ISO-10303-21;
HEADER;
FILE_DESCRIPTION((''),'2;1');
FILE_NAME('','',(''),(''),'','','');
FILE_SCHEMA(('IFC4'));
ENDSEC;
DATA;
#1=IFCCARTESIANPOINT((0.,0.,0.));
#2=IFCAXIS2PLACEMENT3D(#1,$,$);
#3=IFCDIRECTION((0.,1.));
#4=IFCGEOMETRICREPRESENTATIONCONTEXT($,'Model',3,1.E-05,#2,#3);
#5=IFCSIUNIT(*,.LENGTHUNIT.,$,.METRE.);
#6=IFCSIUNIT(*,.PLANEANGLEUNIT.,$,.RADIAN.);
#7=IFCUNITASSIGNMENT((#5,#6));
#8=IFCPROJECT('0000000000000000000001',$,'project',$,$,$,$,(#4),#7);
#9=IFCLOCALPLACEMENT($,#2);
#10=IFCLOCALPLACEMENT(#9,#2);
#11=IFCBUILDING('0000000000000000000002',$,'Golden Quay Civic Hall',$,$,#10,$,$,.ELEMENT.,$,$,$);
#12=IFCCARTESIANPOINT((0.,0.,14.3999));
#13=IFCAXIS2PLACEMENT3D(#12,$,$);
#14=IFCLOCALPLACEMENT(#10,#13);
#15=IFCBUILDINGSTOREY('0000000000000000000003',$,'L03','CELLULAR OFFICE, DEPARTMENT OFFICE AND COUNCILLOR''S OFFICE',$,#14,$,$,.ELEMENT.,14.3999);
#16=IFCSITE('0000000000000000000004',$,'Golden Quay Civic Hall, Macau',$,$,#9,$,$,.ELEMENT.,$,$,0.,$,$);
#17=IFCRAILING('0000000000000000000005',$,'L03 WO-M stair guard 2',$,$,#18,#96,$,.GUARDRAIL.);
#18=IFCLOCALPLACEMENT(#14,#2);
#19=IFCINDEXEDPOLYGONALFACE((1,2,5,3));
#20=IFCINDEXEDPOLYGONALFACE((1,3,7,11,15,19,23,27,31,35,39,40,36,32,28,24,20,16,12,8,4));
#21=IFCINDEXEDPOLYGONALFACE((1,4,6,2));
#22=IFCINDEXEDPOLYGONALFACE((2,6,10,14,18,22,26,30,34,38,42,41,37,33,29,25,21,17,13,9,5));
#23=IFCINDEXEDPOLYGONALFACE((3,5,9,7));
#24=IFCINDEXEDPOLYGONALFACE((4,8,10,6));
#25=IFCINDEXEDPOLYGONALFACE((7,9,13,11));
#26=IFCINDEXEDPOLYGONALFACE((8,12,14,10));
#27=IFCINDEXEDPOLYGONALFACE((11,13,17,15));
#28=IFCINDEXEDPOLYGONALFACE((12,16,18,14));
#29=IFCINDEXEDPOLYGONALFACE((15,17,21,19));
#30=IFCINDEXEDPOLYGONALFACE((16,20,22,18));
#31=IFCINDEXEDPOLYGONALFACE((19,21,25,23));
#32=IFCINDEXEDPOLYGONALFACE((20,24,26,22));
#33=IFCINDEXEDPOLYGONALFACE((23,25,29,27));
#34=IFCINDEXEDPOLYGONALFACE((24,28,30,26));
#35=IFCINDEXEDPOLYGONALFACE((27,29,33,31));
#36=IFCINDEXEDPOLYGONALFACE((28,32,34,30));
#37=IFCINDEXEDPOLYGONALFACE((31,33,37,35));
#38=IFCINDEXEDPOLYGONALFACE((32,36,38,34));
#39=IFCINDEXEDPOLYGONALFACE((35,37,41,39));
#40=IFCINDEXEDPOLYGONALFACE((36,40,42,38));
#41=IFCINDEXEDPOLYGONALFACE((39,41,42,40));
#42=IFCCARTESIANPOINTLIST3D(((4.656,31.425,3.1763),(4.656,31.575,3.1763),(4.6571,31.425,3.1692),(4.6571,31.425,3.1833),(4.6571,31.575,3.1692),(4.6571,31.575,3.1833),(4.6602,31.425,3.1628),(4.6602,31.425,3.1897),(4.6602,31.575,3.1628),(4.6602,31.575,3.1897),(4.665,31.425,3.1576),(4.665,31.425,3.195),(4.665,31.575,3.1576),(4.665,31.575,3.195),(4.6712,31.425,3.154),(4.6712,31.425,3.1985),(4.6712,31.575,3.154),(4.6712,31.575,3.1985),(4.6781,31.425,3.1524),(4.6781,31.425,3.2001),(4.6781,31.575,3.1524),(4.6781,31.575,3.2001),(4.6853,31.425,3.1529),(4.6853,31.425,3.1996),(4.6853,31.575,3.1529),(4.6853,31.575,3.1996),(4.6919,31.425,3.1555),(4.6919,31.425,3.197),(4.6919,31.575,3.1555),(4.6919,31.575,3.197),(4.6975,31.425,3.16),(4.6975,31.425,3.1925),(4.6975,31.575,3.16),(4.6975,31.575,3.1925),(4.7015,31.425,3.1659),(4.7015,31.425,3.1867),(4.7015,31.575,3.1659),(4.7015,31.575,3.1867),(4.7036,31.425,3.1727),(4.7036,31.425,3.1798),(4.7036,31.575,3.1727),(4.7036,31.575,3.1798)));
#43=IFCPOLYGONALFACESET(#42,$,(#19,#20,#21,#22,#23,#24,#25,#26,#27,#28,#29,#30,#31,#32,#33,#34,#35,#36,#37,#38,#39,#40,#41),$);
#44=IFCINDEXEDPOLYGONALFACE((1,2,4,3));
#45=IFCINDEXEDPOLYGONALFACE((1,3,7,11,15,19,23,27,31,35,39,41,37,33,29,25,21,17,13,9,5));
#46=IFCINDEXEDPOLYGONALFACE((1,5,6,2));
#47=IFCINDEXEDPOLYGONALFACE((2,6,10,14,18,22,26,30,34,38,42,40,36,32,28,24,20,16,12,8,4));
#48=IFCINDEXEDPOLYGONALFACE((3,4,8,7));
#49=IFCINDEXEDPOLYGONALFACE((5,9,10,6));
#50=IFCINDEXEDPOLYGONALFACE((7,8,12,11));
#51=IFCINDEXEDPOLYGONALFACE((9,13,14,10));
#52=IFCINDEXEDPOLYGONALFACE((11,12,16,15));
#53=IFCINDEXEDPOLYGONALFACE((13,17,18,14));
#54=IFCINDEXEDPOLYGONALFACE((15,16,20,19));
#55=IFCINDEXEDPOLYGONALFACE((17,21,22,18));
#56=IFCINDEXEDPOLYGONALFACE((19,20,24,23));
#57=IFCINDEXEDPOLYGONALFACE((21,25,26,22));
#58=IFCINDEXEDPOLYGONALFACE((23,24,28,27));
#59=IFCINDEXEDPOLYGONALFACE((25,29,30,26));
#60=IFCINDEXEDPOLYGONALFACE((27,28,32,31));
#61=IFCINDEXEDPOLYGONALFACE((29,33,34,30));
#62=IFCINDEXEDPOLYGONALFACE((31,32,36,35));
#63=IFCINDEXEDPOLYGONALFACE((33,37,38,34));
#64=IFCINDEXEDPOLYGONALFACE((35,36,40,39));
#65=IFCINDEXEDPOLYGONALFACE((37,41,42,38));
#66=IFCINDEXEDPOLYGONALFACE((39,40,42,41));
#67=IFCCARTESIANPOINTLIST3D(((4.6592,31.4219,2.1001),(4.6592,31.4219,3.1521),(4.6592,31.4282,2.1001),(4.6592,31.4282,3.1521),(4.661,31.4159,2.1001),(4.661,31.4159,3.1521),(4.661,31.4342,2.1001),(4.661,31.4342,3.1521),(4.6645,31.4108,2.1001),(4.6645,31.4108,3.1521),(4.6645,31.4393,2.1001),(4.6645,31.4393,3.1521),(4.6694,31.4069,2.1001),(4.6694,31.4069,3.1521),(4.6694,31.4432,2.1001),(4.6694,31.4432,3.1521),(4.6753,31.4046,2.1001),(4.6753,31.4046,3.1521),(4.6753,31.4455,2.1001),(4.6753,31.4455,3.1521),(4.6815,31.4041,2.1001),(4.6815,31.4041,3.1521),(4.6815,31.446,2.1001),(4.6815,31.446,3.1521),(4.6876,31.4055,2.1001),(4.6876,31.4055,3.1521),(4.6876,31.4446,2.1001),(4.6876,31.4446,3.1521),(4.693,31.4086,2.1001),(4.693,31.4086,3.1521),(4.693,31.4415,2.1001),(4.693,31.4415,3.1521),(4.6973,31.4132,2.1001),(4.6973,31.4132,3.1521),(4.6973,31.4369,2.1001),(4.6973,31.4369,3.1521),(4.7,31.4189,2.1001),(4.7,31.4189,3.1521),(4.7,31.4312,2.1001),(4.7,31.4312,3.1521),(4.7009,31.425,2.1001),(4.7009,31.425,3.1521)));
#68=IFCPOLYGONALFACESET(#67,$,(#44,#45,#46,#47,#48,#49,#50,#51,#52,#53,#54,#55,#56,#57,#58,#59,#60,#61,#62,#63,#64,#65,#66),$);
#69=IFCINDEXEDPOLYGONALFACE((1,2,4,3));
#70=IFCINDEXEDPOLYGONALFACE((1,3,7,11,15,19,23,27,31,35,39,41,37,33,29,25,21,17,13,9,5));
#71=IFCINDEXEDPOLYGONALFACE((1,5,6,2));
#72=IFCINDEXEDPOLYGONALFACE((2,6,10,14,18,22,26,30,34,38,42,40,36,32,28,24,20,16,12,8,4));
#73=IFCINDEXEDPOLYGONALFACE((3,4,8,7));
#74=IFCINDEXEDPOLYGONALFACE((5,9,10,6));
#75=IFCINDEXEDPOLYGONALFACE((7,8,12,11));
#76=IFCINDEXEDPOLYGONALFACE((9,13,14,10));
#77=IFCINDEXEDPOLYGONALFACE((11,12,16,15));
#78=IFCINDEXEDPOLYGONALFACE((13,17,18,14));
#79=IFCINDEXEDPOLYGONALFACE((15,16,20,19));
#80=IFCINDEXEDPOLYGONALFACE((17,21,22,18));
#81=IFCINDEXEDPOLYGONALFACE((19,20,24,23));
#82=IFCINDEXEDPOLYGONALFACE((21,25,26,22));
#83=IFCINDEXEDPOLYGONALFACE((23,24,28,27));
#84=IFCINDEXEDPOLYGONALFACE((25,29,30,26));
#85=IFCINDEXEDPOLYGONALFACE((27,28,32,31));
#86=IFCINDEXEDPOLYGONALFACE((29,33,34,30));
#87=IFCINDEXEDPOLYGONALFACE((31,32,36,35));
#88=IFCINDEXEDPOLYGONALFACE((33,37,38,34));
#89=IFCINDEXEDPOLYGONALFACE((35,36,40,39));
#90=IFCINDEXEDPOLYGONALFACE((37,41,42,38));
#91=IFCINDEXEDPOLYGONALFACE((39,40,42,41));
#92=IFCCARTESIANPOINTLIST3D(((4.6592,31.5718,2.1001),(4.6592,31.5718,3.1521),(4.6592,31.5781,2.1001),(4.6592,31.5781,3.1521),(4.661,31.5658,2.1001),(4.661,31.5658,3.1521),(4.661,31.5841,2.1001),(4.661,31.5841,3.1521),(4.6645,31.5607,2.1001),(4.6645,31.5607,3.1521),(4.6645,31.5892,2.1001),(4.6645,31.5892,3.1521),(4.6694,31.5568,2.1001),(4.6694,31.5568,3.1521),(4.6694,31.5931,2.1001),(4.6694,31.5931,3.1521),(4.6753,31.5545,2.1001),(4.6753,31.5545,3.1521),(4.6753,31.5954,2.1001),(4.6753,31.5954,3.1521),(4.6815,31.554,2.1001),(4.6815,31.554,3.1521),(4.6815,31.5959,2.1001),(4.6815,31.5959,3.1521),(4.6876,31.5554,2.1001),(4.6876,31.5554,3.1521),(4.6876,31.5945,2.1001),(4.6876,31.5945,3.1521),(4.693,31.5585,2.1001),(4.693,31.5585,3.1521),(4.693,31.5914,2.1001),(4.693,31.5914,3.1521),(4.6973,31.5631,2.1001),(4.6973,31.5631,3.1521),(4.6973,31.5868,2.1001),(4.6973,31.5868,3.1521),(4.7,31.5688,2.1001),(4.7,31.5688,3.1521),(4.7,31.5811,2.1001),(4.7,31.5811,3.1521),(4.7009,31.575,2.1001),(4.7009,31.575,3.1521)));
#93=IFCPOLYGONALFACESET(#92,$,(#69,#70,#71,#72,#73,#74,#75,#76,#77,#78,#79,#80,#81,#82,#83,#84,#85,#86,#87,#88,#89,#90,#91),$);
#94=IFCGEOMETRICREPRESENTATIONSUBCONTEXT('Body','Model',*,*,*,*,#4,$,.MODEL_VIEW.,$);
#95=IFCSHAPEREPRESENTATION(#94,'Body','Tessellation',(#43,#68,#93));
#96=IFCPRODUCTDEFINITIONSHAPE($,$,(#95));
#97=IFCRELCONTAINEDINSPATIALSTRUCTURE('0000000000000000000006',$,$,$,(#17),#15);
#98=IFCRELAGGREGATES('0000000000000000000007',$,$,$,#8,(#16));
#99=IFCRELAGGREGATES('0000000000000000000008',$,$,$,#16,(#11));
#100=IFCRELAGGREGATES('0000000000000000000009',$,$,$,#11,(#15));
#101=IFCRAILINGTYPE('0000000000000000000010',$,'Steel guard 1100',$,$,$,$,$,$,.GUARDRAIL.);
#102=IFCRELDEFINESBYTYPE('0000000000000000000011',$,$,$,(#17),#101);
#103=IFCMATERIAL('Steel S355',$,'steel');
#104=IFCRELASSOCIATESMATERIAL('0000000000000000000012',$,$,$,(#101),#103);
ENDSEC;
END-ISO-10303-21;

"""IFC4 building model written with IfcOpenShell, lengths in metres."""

from ifc_helpers import new_model, si_unit, direction, frame, origin, origin_2d, place, context, subcontext, project, spatial, circle, extrude, material, type_object, element, save


model = new_model("IFC4")

# Units and contexts
model_context = context("Model", 3, precision=1e-05, world=origin(), true_north=direction((0.0, 1.0)))
body_context = subcontext(model_context, "Body", "Model", "MODEL_VIEW")
ifc_project = project(units=[si_unit("LENGTHUNIT", "METRE"), si_unit("PLANEANGLEUNIT", "RADIAN")], contexts=[model_context])

# Site, building, storey
site_placement = place(None, origin())
site = spatial("IfcSite", under=ifc_project, at=site_placement, Name="Golden Quay Civic Hall, Macau", CompositionType="ELEMENT", RefElevation=0.0)
building_placement = place(site_placement, origin())
building = spatial("IfcBuilding", under=site, at=building_placement, Name="Golden Quay Civic Hall", CompositionType="ELEMENT")
storey_placement = place(building_placement, frame((0.0, 0.0, 14.3999)))
storey = spatial("IfcBuildingStorey", under=building, at=storey_placement, Name="L03", Description="CELLULAR OFFICE, DEPARTMENT OFFICE AND COUNCILLOR'S OFFICE", CompositionType="ELEMENT", Elevation=14.3999)

# Railing
ifc_material_1 = material(Name="Steel S355", Category="steel")
railing_type_1 = type_object("IfcRailingType", Name="Steel guard 1100", PredefinedType="GUARDRAIL", material=ifc_material_1)
railing_1_placement = place(storey_placement, frame((4.6799, 31.425, 2.1001)))
element("IfcRailing", 1, at=railing_1_placement, inside=storey, type_object=railing_type_1, Name="L03 WO-M stair guard 2", PredefinedType="GUARDRAIL", context=body_context, shape_type="SweptSolid", body=[
    extrude(circle(Radius=0.0239, at=origin_2d()), frame((0.0, 0.0, 1.0762), z_axis=(0.0, 1.0, 0.0), x_axis=(-1.0, 0.0, 0.0)), (0.0, 0.0, 1.0), 0.1499),
    extrude(circle(Radius=0.021, at=origin_2d()), origin(), (0.0, 0.0, 1.0), 1.052),
    extrude(circle(Radius=0.021, at=origin_2d()), frame((0.0, 0.1499, 0.0)), (0.0, 0.0, 1.0), 1.052),
])

save(model, "model.ifc")
